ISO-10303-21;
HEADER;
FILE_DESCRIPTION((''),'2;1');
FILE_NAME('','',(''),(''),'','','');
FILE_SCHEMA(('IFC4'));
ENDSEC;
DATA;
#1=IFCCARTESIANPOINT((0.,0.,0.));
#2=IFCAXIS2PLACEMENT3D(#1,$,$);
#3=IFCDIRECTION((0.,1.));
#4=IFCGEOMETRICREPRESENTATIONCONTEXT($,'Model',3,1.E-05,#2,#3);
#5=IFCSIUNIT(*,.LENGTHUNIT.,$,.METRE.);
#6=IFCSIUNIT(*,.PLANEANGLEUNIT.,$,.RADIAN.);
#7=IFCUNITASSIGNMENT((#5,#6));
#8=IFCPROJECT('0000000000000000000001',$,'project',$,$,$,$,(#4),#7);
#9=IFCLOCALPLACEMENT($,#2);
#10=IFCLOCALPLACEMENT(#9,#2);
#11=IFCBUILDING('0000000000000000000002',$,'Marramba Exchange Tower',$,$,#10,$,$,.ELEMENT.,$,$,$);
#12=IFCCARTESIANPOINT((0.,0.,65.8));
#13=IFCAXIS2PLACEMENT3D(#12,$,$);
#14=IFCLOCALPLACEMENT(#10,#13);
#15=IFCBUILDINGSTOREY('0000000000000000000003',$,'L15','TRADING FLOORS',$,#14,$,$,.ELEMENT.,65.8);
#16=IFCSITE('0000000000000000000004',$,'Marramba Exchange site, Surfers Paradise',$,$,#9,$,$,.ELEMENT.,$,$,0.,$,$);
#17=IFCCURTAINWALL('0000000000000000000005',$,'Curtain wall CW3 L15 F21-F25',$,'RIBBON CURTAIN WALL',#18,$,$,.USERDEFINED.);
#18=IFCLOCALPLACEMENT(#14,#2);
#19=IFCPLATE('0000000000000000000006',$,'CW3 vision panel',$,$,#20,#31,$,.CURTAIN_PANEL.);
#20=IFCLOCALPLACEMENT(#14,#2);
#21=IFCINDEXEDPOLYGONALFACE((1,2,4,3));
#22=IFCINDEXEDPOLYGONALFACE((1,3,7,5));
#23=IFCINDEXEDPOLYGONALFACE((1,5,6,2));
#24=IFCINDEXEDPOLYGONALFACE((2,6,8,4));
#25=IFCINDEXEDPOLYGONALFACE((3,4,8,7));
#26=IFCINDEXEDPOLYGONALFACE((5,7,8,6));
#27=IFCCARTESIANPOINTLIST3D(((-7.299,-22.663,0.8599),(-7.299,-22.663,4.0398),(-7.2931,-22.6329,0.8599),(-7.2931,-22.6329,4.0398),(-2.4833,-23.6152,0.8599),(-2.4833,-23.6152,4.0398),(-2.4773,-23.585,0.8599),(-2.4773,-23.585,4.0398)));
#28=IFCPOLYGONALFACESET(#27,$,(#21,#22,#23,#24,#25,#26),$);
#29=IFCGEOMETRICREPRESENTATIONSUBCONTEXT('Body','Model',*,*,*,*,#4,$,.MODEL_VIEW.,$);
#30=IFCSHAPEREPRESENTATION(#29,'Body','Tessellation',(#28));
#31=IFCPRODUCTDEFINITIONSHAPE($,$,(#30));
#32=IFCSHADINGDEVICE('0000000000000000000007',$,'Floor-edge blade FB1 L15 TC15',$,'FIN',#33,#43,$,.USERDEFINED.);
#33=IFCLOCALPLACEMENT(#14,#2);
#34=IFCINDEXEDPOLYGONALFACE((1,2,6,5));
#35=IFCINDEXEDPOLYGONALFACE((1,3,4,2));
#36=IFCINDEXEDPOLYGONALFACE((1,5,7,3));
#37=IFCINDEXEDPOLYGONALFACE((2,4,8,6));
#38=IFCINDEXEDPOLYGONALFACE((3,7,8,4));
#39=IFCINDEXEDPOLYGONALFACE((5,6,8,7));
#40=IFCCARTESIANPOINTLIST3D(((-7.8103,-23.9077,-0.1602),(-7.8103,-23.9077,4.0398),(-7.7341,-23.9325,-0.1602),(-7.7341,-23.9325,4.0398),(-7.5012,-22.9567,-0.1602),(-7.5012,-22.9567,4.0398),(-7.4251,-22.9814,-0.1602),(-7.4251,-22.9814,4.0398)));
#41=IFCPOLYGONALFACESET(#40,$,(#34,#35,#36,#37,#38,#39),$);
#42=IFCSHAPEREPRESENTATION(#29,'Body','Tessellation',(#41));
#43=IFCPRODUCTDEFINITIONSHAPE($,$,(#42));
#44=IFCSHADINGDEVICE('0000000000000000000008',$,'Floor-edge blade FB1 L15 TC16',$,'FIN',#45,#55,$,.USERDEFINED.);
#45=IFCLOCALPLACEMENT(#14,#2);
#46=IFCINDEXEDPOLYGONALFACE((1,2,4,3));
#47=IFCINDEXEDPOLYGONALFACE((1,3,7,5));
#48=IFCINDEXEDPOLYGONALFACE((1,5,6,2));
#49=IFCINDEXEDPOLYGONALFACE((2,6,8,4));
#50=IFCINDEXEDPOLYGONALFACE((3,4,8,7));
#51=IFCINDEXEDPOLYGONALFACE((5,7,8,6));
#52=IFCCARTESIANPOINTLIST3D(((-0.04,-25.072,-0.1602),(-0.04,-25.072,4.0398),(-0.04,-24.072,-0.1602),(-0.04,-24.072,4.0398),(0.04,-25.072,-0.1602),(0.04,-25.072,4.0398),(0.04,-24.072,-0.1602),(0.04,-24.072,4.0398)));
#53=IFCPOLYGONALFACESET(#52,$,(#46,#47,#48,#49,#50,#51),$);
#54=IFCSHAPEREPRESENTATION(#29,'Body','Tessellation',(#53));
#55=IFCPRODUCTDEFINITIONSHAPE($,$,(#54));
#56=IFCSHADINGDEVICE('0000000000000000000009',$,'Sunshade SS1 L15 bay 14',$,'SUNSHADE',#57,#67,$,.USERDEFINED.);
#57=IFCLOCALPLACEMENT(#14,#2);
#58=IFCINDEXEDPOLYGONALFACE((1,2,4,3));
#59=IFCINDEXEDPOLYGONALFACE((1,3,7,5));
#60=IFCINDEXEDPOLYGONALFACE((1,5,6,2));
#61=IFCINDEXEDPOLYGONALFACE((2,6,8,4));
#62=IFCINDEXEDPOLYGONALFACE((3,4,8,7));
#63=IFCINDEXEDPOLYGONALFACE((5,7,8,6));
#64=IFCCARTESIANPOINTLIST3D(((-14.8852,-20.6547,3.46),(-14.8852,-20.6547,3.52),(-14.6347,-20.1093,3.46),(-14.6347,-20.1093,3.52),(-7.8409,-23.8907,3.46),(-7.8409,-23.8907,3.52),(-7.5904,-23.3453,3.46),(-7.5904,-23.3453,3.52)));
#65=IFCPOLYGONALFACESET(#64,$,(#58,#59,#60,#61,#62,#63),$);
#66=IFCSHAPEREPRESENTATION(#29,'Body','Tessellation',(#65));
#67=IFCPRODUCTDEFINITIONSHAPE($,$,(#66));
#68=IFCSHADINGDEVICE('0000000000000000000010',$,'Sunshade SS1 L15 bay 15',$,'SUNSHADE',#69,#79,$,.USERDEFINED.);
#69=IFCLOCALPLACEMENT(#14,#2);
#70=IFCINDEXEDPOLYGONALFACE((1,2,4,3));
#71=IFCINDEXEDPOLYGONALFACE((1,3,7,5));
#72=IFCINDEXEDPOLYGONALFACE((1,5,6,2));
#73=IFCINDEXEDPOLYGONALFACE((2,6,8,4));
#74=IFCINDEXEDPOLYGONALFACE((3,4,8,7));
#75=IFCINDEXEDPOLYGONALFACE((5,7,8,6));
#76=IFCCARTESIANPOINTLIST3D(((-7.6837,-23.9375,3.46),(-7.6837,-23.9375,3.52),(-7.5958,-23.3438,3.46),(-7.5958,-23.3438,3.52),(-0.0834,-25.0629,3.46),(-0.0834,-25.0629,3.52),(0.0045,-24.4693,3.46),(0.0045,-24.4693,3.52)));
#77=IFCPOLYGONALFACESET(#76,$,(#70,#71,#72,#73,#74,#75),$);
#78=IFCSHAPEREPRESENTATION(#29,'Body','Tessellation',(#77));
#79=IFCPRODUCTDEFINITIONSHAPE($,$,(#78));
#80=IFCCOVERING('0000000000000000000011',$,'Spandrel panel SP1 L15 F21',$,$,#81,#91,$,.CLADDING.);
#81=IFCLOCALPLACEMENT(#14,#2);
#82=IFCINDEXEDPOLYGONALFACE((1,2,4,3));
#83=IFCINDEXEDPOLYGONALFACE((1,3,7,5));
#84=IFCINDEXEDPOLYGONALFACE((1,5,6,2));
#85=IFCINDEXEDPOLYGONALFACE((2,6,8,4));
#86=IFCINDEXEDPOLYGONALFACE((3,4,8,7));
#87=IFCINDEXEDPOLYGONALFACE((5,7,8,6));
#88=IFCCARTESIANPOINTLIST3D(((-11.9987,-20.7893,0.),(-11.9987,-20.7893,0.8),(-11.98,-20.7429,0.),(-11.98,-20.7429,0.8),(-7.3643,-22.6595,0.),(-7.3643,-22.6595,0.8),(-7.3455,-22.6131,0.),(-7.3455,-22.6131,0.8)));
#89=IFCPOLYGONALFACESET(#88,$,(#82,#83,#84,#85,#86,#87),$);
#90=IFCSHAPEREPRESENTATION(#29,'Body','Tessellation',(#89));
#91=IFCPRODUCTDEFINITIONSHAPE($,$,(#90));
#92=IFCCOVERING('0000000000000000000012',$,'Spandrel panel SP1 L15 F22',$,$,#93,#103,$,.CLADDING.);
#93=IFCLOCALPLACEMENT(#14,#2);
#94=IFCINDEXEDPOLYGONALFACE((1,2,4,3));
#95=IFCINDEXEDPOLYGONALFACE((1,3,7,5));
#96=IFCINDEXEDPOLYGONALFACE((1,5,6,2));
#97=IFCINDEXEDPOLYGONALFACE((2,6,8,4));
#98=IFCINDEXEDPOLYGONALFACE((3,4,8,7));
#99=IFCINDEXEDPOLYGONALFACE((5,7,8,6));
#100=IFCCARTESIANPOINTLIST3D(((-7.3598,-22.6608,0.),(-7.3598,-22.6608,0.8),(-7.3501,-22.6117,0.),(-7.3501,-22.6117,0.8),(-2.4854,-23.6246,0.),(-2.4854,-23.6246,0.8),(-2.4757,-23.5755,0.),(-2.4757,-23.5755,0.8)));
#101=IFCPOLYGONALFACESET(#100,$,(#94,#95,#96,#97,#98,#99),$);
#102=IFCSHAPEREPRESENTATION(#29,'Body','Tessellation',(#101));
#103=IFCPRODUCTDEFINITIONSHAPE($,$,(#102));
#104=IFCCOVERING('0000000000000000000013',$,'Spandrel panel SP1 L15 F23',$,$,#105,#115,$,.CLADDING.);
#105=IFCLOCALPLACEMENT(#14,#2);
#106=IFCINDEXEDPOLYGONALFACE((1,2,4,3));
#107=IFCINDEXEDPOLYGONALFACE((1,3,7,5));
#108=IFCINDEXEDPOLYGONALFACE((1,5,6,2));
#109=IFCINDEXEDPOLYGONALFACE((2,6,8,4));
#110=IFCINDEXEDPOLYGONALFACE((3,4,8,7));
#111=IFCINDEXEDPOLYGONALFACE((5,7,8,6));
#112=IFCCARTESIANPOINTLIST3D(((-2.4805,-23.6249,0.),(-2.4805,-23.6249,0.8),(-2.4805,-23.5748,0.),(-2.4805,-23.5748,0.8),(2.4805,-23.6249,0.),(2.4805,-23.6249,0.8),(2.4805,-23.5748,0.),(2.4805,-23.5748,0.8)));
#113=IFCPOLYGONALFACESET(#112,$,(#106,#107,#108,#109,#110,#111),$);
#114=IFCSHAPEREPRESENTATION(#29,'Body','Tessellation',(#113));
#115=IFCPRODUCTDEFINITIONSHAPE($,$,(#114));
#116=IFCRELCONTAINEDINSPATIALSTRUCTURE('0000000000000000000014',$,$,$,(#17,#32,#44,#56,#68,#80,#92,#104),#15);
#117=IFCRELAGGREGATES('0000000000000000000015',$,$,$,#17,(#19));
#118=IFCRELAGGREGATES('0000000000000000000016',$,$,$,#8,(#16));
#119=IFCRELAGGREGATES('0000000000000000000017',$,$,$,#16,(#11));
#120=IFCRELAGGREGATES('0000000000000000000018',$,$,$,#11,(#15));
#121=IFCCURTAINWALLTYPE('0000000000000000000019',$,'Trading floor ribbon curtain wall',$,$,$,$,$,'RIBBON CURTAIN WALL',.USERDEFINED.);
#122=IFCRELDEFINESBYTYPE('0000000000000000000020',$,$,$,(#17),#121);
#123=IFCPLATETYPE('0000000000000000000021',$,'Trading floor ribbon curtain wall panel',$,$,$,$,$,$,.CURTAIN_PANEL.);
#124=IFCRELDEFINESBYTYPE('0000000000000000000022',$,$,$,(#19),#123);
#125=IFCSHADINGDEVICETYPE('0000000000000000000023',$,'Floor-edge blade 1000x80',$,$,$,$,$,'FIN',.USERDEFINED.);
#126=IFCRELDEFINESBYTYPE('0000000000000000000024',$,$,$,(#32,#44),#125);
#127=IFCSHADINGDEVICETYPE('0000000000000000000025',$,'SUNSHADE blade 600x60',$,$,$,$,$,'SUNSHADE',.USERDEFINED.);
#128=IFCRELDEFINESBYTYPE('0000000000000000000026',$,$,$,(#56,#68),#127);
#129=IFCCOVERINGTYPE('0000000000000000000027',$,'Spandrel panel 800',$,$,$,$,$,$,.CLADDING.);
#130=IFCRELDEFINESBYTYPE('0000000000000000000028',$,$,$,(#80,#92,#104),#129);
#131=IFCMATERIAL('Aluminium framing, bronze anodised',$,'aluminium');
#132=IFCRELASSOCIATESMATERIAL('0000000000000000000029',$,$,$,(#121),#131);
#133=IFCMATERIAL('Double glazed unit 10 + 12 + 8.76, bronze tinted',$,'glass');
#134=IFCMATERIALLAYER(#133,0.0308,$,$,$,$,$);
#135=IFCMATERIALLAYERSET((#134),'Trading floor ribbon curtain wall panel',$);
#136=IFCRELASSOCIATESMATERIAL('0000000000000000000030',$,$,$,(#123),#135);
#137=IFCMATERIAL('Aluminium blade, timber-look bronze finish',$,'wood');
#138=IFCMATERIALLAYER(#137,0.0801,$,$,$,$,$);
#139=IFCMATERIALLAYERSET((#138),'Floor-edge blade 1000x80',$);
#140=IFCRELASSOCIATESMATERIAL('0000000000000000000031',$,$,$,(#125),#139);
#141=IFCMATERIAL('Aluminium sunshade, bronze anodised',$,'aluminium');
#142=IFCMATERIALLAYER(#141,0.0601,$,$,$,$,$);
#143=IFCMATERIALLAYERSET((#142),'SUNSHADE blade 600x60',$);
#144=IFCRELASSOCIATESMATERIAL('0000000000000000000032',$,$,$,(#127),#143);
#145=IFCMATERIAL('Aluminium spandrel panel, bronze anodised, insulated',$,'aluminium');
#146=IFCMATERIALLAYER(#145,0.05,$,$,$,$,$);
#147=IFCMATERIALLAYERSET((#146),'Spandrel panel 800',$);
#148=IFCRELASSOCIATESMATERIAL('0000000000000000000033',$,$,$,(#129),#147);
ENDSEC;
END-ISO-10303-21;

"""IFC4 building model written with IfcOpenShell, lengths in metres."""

from ifc_helpers import new_model, si_unit, direction, frame, origin, origin_2d, place, context, subcontext, project, spatial, rectangle, extrude, material, layer, layer_set, type_object, element, aggregate, save


model = new_model("IFC4")

# Units and contexts
model_context = context("Model", 3, precision=1e-05, world=origin(), true_north=direction((0.0, 1.0)))
body_context = subcontext(model_context, "Body", "Model", "MODEL_VIEW")
ifc_project = project(units=[si_unit("LENGTHUNIT", "METRE"), si_unit("PLANEANGLEUNIT", "RADIAN")], contexts=[model_context])

# Site, building, storey
site_placement = place(None, origin())
site = spatial("IfcSite", under=ifc_project, at=site_placement, Name="Marramba Exchange site, Surfers Paradise", CompositionType="ELEMENT", RefElevation=0.0)
building_placement = place(site_placement, origin())
building = spatial("IfcBuilding", under=site, at=building_placement, Name="Marramba Exchange Tower", CompositionType="ELEMENT")
storey_placement = place(building_placement, frame((0.0, 0.0, 65.8)))
storey = spatial("IfcBuildingStorey", under=building, at=storey_placement, Name="L15", Description="TRADING FLOORS", CompositionType="ELEMENT", Elevation=65.8)

# Curtain wall, plate
ifc_material_1 = material(Name="Aluminium framing, bronze anodised", Category="aluminium")
curtain_wall_type = type_object("IfcCurtainWallType", Name="Trading floor ribbon curtain wall", ElementType="RIBBON CURTAIN WALL", PredefinedType="USERDEFINED", material=ifc_material_1)
curtain_wall_placement = place(storey_placement, origin())
curtain_wall = element("IfcCurtainWall", 1, at=curtain_wall_placement, inside=storey, type_object=curtain_wall_type, Name="Curtain wall CW3 L15 F21-F25", ObjectType="RIBBON CURTAIN WALL", PredefinedType="USERDEFINED")
ifc_material_2 = material(Name="Double glazed unit 10 + 12 + 8.76, bronze tinted", Category="glass")
ifc_layer_1 = layer(ifc_material_2, 0.0308)
ifc_layer_set_1 = layer_set([ifc_layer_1], Name="Trading floor ribbon curtain wall panel")
plate_type = type_object("IfcPlateType", Name="Trading floor ribbon curtain wall panel", PredefinedType="CURTAIN_PANEL", material=ifc_layer_set_1)
plate_1_placement = place(storey_placement, frame((-4.8882, -23.124, 0.8599), z_axis=(0.0, 0.0, 1.0), x_axis=(0.981009, -0.193961, 0.0)))
plate_1 = element("IfcPlate", 2, at=plate_1_placement, type_object=plate_type, Name="CW3 vision panel", PredefinedType="CURTAIN_PANEL", context=body_context, shape_type="SweptSolid", body=[
    extrude(rectangle(XDim=4.9089, YDim=0.0308, at=origin_2d()), origin(), (0.0, 0.0, 1.0), 3.1799),
])
aggregate(curtain_wall, [plate_1])

# Shading devices
ifc_material_3 = material(Name="Aluminium blade, timber-look bronze finish", Category="wood")
ifc_layer_2 = layer(ifc_material_3, 0.0801)
ifc_layer_set_2 = layer_set([ifc_layer_2], Name="Floor-edge blade 1000x80")
shading_device_type_1 = type_object("IfcShadingDeviceType", Name="Floor-edge blade 1000x80", ElementType="FIN", PredefinedType="USERDEFINED", material=ifc_layer_set_2)
for number, where, z_axis, x_axis, name in (
    (3, (-7.6177, -23.4446, -0.1602), (0.0, 0.0, 1.0), (-0.309017, -0.951057, 0.0), "Floor-edge blade FB1 L15 TC15"),
    (4, (0.0, -24.572, -0.1602), (0.0, 0.0, 1.0), (0.0, -1.0, 0.0), "Floor-edge blade FB1 L15 TC16"),
):
    element("IfcShadingDevice", number, at=place(storey_placement, frame(where, z_axis=z_axis, x_axis=x_axis)), inside=storey, type_object=shading_device_type_1, Name=name, ObjectType="FIN", PredefinedType="USERDEFINED", context=body_context, shape_type="SweptSolid", body=[
        extrude(rectangle(XDim=1.0, YDim=0.0801, at=origin_2d()), origin(), (0.0, 0.0, 1.0), 4.2),
    ])
ifc_material_4 = material(Name="Aluminium sunshade, bronze anodised", Category="aluminium")
ifc_layer_3 = layer(ifc_material_4, 0.0601)
ifc_layer_set_3 = layer_set([ifc_layer_3], Name="SUNSHADE blade 600x60")
shading_device_type_2 = type_object("IfcShadingDeviceType", Name="SUNSHADE blade 600x60", ElementType="SUNSHADE", PredefinedType="USERDEFINED", material=ifc_layer_set_3)
shading_device_1_placement = place(storey_placement, frame((-11.2378, -22.0, 3.46), z_axis=(0.0, 0.0, 1.0), x_axis=(0.908704, -0.417442, 0.0)))
element("IfcShadingDevice", 5, at=shading_device_1_placement, inside=storey, type_object=shading_device_type_2, Name="Sunshade SS1 L15 bay 14", ObjectType="SUNSHADE", PredefinedType="USERDEFINED", context=body_context, shape_type="SweptSolid", body=[
    extrude(rectangle(XDim=7.752, YDim=0.6001, at=origin_2d()), origin(), (0.0, 0.0, 1.0), 0.0601),
])
shading_device_2_placement = place(storey_placement, frame((-3.8396, -24.2034, 3.46), z_axis=(0.0, 0.0, 1.0), x_axis=(0.989213, -0.146485, 0.0)))
element("IfcShadingDevice", 6, at=shading_device_2_placement, inside=storey, type_object=shading_device_type_2, Name="Sunshade SS1 L15 bay 15", ObjectType="SUNSHADE", PredefinedType="USERDEFINED", context=body_context, shape_type="SweptSolid", body=[
    extrude(rectangle(XDim=7.6831, YDim=0.6001, at=origin_2d()), origin(), (0.0, 0.0, 1.0), 0.0601),
])

# Coverings
ifc_material_5 = material(Name="Aluminium spandrel panel, bronze anodised, insulated", Category="aluminium")
ifc_layer_4 = layer(ifc_material_5, 0.05)
ifc_layer_set_4 = layer_set([ifc_layer_4], Name="Spandrel panel 800")
covering_type = type_object("IfcCoveringType", Name="Spandrel panel 800", PredefinedType="CLADDING", material=ifc_layer_set_4)
covering_1_placement = place(storey_placement, frame((-9.6721, -21.7012, 0.0), z_axis=(0.0, 0.0, 1.0), x_axis=(0.927341, -0.374218, 0.0)))
element("IfcCovering", 7, at=covering_1_placement, inside=storey, type_object=covering_type, Name="Spandrel panel SP1 L15 F21", PredefinedType="CLADDING", context=body_context, shape_type="SweptSolid", body=[
    extrude(rectangle(XDim=4.9976, YDim=0.05, at=origin_2d()), origin(), (0.0, 0.0, 1.0), 0.8),
])
covering_2_placement = place(storey_placement, frame((-4.9177, -23.1182, 0.0), z_axis=(0.0, 0.0, 1.0), x_axis=(0.981009, -0.193961, 0.0)))
element("IfcCovering", 8, at=covering_2_placement, inside=storey, type_object=covering_type, Name="Spandrel panel SP1 L15 F22", PredefinedType="CLADDING", context=body_context, shape_type="SweptSolid", body=[
    extrude(rectangle(XDim=4.9688, YDim=0.05, at=origin_2d()), origin(), (0.0, 0.0, 1.0), 0.8),
])
covering_3_placement = place(storey_placement, frame((0.0, -23.5999, 0.0), z_axis=(0.0, 0.0, 1.0), x_axis=(1.0, 0.0, 0.0)))
element("IfcCovering", 9, at=covering_3_placement, inside=storey, type_object=covering_type, Name="Spandrel panel SP1 L15 F23", PredefinedType="CLADDING", context=body_context, shape_type="SweptSolid", body=[
    extrude(rectangle(XDim=4.9609, YDim=0.05, at=origin_2d()), origin(), (0.0, 0.0, 1.0), 0.8),
])

save(model, "model.ifc")
